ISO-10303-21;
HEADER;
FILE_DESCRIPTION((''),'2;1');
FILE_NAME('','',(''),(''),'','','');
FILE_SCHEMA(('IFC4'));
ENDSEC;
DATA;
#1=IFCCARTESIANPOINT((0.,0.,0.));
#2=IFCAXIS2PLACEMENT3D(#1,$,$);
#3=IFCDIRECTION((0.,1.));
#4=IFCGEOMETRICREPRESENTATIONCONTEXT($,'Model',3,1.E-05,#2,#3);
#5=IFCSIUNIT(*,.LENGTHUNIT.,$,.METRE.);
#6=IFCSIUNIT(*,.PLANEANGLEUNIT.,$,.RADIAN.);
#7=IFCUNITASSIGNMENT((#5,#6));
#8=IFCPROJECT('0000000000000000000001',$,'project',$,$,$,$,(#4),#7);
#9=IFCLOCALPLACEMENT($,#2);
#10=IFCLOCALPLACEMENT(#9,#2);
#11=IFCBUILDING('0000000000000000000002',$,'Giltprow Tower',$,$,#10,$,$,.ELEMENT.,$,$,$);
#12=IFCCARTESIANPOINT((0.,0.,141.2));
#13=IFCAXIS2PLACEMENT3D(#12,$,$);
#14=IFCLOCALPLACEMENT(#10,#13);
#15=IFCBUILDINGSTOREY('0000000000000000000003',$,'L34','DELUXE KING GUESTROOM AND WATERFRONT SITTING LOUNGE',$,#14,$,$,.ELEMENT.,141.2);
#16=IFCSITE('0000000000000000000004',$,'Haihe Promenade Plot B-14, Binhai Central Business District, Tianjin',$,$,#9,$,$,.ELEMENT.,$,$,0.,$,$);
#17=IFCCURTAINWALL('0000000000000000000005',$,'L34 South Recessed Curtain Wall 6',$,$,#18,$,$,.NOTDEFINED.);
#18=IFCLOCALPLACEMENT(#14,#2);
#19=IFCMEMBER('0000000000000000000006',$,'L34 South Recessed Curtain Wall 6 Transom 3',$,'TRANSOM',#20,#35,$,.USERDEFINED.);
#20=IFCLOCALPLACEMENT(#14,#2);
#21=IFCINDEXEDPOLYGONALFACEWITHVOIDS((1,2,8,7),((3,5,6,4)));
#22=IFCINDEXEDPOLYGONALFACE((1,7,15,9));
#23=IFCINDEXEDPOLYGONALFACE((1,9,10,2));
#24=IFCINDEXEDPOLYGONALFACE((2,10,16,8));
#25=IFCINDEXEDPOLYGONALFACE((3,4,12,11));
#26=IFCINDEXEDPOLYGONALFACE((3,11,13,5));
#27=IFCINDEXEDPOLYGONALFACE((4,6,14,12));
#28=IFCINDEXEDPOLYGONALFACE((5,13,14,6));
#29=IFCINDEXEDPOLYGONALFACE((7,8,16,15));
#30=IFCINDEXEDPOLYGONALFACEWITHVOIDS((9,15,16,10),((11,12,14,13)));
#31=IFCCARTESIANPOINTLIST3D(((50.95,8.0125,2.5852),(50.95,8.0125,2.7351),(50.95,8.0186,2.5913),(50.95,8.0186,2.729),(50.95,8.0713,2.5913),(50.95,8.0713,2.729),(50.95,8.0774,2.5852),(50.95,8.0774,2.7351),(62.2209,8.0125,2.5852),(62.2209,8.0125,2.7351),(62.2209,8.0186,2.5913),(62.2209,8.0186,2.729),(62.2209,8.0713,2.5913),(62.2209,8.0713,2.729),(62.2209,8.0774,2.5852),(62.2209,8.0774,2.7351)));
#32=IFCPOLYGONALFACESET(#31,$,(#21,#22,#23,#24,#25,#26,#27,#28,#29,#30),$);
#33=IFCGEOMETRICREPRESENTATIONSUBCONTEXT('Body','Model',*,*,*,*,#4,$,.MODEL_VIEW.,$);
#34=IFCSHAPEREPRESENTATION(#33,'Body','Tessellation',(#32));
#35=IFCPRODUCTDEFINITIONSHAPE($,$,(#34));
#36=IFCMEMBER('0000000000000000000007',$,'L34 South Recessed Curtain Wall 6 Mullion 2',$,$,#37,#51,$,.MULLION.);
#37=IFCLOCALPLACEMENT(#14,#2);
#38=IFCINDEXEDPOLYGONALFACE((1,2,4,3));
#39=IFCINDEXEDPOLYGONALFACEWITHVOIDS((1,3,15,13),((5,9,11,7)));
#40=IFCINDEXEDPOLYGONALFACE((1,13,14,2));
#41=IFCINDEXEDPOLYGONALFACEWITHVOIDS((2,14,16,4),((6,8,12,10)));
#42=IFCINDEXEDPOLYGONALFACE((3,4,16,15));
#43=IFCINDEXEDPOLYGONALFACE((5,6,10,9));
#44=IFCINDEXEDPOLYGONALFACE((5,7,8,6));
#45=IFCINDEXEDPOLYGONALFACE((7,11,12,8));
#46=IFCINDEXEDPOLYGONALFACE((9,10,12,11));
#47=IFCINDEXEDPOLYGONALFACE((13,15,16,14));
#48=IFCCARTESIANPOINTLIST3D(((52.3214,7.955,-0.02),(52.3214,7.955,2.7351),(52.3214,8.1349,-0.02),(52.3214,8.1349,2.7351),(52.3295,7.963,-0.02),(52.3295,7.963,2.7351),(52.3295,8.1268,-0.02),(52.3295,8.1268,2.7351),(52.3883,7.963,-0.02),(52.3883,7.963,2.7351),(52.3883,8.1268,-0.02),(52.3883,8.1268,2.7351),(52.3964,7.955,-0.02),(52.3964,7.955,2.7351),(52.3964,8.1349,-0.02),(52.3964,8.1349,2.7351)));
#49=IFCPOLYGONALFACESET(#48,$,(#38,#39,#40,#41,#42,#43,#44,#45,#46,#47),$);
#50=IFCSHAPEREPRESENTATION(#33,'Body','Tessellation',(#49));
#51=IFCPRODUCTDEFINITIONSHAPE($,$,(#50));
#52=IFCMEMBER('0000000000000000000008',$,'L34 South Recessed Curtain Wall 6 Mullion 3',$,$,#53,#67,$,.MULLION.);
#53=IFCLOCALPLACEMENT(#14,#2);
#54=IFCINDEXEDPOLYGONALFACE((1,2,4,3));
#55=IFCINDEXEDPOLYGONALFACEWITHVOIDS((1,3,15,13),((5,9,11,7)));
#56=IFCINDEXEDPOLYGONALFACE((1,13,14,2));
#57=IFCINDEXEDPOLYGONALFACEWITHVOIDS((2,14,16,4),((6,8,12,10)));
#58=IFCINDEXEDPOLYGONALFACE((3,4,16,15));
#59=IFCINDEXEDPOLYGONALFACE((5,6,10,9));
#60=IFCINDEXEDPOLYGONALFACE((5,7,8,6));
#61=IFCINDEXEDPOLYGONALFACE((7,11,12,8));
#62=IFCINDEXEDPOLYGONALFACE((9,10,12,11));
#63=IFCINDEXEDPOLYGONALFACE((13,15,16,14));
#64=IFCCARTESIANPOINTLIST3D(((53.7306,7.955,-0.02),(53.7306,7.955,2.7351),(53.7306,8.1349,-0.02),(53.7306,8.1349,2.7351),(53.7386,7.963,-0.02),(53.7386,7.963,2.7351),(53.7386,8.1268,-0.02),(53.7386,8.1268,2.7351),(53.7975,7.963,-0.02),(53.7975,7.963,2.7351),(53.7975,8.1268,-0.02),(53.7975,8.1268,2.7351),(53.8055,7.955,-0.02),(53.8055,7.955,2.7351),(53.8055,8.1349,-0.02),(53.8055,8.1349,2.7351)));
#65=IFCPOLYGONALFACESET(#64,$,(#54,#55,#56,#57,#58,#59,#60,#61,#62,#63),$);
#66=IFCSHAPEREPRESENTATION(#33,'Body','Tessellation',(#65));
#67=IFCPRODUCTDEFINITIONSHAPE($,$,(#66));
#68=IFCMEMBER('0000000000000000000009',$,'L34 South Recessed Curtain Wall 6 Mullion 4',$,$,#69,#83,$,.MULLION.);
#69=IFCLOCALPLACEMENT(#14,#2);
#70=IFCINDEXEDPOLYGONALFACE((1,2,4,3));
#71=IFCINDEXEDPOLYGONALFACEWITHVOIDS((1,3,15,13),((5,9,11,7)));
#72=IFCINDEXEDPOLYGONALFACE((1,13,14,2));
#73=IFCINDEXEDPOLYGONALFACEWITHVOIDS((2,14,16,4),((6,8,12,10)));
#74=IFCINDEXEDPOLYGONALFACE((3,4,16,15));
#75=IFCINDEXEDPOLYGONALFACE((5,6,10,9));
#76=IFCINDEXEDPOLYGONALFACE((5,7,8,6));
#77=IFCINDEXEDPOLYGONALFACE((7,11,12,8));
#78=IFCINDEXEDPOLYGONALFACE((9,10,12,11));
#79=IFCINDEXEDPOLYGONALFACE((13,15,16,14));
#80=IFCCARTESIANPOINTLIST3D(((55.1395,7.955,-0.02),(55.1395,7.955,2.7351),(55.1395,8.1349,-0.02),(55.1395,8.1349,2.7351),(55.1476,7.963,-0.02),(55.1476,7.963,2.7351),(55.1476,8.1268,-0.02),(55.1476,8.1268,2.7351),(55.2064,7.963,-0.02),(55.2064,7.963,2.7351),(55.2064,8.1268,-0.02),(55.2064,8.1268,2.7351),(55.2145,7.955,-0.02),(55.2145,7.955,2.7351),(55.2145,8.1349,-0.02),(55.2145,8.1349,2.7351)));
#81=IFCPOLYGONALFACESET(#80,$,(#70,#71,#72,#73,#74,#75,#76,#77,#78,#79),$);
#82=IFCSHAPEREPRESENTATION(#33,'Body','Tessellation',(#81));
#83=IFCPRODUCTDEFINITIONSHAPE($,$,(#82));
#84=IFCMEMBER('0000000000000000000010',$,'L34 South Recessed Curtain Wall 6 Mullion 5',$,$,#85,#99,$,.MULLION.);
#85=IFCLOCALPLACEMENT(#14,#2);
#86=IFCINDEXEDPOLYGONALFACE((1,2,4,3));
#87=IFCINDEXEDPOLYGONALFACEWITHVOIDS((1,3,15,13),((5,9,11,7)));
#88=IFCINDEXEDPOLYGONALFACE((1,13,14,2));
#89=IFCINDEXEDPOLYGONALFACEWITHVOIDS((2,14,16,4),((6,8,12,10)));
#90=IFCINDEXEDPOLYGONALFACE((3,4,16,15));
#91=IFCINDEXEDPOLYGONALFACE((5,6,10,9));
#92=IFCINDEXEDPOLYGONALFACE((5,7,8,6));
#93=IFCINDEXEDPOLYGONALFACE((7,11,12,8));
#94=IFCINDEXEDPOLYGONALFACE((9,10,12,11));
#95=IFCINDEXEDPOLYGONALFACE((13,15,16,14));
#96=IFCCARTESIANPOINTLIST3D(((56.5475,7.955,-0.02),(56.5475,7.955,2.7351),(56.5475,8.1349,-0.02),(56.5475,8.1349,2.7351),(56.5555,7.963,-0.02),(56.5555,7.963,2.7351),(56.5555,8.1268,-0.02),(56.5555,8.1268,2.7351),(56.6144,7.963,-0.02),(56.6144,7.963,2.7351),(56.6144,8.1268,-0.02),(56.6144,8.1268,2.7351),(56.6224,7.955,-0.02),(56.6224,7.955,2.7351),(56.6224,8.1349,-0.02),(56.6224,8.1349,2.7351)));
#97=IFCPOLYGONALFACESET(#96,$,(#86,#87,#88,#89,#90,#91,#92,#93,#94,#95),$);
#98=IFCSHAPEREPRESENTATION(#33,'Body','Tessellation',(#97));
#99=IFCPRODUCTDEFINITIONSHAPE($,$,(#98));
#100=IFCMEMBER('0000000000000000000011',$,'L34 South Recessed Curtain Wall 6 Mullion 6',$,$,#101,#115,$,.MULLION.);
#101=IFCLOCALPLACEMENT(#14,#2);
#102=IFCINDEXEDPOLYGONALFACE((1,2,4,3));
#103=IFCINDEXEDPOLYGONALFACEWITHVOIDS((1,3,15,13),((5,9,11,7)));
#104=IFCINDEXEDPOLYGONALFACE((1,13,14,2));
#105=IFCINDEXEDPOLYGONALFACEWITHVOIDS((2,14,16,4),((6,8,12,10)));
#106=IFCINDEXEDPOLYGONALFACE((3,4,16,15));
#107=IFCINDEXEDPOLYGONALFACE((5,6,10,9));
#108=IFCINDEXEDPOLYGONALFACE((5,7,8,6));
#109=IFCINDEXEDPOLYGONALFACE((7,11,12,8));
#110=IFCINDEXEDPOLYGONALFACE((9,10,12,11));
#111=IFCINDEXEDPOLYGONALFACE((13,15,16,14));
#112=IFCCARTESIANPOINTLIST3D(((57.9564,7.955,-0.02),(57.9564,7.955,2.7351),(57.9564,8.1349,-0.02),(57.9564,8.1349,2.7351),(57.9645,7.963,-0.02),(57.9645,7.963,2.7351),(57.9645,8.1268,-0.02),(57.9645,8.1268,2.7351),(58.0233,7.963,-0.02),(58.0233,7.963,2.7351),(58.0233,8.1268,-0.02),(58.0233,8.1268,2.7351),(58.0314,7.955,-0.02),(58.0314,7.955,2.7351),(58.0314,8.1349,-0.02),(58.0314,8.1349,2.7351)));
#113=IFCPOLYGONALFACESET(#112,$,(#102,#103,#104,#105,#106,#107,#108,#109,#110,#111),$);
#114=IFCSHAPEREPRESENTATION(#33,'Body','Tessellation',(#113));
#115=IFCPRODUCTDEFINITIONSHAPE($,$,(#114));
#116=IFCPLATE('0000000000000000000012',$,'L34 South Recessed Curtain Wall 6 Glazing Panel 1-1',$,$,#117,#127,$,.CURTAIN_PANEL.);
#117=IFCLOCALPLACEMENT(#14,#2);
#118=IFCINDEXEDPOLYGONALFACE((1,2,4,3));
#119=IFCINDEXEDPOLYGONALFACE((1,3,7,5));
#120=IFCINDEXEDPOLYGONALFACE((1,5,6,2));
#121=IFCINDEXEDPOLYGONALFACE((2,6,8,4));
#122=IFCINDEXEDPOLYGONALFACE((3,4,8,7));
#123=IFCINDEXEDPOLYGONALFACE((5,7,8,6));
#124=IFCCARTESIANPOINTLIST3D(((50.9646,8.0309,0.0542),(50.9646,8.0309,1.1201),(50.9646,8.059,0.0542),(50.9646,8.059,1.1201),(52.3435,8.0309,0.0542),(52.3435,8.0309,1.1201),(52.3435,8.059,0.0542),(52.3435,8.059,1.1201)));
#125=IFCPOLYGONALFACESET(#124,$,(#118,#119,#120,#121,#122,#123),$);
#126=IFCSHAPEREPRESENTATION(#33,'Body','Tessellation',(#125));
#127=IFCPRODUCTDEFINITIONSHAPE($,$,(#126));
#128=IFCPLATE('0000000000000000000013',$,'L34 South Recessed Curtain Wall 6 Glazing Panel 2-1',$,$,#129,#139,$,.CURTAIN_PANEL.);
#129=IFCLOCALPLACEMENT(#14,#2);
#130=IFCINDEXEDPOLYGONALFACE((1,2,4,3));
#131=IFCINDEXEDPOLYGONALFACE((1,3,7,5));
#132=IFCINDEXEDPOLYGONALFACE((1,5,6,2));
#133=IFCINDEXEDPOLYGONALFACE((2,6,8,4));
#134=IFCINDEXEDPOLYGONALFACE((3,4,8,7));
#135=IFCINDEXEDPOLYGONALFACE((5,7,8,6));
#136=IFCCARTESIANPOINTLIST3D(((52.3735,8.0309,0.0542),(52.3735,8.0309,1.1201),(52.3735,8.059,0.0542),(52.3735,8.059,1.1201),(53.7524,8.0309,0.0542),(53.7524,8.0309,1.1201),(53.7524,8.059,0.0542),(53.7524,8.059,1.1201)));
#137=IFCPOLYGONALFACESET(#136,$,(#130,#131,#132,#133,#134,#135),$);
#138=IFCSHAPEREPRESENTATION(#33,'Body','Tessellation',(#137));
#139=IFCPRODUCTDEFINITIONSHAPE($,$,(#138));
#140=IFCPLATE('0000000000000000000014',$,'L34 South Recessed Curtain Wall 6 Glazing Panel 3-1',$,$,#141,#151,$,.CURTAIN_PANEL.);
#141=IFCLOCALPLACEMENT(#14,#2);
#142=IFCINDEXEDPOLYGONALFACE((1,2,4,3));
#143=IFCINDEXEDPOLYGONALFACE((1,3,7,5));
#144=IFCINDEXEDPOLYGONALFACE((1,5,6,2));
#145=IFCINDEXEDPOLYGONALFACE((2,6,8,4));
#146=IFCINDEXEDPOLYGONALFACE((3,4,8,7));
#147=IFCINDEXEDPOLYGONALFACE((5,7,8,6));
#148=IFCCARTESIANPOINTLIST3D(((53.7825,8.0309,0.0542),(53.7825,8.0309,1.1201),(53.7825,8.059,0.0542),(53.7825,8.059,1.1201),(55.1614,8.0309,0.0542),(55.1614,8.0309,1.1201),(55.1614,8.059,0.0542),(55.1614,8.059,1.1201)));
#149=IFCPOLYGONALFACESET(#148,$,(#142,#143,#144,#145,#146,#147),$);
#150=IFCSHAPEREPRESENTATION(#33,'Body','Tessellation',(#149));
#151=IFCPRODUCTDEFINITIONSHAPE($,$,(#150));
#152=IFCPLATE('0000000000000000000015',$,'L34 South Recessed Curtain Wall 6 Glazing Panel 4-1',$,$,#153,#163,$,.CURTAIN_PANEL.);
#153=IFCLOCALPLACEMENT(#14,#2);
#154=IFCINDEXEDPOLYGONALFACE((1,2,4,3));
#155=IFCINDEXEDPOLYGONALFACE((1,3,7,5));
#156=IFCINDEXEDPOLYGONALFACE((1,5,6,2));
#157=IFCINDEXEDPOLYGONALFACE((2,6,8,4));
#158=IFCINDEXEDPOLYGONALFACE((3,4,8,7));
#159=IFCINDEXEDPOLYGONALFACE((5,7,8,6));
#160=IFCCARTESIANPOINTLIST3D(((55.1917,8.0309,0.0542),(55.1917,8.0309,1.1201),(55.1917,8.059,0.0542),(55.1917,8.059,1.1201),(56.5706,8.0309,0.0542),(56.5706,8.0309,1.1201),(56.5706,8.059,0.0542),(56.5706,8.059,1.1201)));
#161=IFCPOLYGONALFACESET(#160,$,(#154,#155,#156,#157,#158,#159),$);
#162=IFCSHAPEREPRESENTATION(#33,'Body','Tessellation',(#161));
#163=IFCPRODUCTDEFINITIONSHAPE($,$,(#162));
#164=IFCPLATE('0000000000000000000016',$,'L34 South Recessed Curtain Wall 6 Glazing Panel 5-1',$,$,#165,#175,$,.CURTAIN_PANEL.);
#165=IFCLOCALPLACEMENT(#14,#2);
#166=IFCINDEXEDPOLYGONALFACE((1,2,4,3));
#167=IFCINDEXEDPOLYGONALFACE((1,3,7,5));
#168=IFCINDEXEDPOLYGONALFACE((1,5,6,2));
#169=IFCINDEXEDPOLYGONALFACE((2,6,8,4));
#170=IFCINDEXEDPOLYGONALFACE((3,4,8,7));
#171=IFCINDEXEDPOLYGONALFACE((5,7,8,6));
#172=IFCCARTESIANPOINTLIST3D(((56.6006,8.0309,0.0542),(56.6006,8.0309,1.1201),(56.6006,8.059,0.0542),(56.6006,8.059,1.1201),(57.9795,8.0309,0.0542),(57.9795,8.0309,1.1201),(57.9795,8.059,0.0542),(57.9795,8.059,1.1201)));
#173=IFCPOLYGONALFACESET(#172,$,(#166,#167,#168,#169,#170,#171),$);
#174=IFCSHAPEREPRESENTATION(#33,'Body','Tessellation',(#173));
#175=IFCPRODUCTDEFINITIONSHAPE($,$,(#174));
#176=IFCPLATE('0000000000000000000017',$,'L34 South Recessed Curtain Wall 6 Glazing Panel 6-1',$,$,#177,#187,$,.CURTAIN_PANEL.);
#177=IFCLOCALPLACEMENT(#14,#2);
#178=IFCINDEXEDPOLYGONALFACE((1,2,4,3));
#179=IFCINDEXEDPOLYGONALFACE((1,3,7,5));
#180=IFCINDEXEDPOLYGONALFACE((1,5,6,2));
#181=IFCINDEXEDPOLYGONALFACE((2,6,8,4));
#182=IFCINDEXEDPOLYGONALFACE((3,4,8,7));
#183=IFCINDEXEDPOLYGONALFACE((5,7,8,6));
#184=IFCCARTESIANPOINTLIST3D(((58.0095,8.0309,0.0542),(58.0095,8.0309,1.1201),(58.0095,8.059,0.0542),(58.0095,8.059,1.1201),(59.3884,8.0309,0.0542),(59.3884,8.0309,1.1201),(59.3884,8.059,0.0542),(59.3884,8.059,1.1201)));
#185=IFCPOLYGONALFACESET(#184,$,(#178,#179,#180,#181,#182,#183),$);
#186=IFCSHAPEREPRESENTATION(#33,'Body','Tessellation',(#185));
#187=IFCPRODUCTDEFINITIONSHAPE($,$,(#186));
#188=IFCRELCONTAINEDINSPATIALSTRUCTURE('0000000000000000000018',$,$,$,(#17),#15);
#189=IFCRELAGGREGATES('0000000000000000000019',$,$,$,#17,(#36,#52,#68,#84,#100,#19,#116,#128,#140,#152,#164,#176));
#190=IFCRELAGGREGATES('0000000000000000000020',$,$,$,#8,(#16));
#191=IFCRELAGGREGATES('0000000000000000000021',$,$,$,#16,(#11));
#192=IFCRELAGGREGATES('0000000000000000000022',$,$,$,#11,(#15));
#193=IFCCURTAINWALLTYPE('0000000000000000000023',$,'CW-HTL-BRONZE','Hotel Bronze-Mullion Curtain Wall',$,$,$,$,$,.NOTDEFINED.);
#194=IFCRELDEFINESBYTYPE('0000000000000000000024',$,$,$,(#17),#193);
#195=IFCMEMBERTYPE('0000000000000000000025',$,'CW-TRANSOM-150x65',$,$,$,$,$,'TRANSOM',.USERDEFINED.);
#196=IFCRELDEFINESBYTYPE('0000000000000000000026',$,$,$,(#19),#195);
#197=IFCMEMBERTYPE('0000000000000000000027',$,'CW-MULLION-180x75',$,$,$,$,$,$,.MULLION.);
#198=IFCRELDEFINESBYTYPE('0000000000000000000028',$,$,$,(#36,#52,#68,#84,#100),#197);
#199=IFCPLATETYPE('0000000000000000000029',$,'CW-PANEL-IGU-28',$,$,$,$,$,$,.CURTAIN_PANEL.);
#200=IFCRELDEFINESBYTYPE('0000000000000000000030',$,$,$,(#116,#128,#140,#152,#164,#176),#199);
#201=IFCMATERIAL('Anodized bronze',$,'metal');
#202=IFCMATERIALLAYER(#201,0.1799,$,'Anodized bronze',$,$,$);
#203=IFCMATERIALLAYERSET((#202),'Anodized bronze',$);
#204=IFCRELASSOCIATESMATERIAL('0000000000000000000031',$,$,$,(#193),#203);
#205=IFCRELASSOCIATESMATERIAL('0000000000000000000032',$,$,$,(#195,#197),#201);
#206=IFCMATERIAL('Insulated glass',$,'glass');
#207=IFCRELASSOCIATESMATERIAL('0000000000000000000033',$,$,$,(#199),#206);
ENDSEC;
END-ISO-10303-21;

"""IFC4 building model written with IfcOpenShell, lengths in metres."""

from ifc_helpers import new_model, si_unit, direction, frame, origin, origin_2d, place, context, subcontext, project, spatial, rectangle, hollow_rectangle, extrude, source, transform, mapped, material, layer, layer_set, material_profile, profile_set, type_object, element, aggregate, save


model = new_model("IFC4")

# Units and contexts
model_context = context("Model", 3, precision=1e-05, world=origin(), true_north=direction((0.0, 1.0)))
body_context = subcontext(model_context, "Body", "Model", "MODEL_VIEW")
ifc_project = project(units=[si_unit("LENGTHUNIT", "METRE"), si_unit("PLANEANGLEUNIT", "RADIAN")], contexts=[model_context])

# Site, building, storey
site_placement = place(None, origin())
site = spatial("IfcSite", under=ifc_project, at=site_placement, Name="Haihe Promenade Plot B-14, Binhai Central Business District, Tianjin", CompositionType="ELEMENT", RefElevation=0.0)
building_placement = place(site_placement, origin())
building = spatial("IfcBuilding", under=site, at=building_placement, Name="Giltprow Tower", CompositionType="ELEMENT")
storey_placement = place(building_placement, frame((0.0, 0.0, 141.2)))
storey = spatial("IfcBuildingStorey", under=building, at=storey_placement, Name="L34", Description="DELUXE KING GUESTROOM AND WATERFRONT SITTING LOUNGE", CompositionType="ELEMENT", Elevation=141.2)

# Curtain wall, members, plates
ifc_material_1 = material(Name="Anodized bronze", Category="metal")
ifc_layer = layer(ifc_material_1, 0.1799, Name="Anodized bronze")
ifc_layer_set = layer_set([ifc_layer], Name="Anodized bronze")
curtain_wall_type = type_object("IfcCurtainWallType", Name="CW-HTL-BRONZE", Description="Hotel Bronze-Mullion Curtain Wall", PredefinedType="NOTDEFINED", material=ifc_layer_set)
curtain_wall_placement = place(storey_placement, origin())
curtain_wall = element("IfcCurtainWall", 1, at=curtain_wall_placement, inside=storey, type_object=curtain_wall_type, Name="L34 South Recessed Curtain Wall 6", PredefinedType="NOTDEFINED")
ifc_material_profile_1 = material_profile(ifc_material_1, hollow_rectangle(XDim=0.0649, YDim=0.1499, WallThickness=0.0061, at=origin_2d()), Name="RHS 150x65x6")
ifc_profile_set_1 = profile_set([ifc_material_profile_1], Name="Anodized bronze")
member_type_1 = type_object("IfcMemberType", Name="CW-TRANSOM-150x65", ElementType="TRANSOM", PredefinedType="USERDEFINED", material=ifc_profile_set_1)
shared_shape_1 = source(origin(), body_context, "Body", "SweptSolid", [
    extrude(hollow_rectangle(XDim=0.0649, YDim=0.1499, WallThickness=0.0061, at=origin_2d()), origin(), (0.0, 0.0, 1.0), 11.271),
])
member_1_placement = place(storey_placement, frame((50.95, 8.0449, 2.6602), z_axis=(1.0, 0.0, 0.0), x_axis=(0.0, 1.0, 0.0)))
member_1 = element("IfcMember", 2, at=member_1_placement, type_object=member_type_1, Name="L34 South Recessed Curtain Wall 6 Transom 3", ObjectType="TRANSOM", PredefinedType="USERDEFINED", context=body_context, shape_type="MappedRepresentation", body=[
    mapped(shared_shape_1, transform((0.0, 0.0, 0.0), x_axis=(1.0, 0.0, 0.0), y_axis=(0.0, 1.0, 0.0), z_axis=(0.0, 0.0, 1.0), scale=1.0)),
])
ifc_material_profile_2 = material_profile(ifc_material_1, hollow_rectangle(XDim=0.075, YDim=0.1799, WallThickness=0.0081, at=origin_2d()), Name="RHS 180x75x8")
ifc_profile_set_2 = profile_set([ifc_material_profile_2], Name="Anodized bronze")
member_type_2 = type_object("IfcMemberType", Name="CW-MULLION-180x75", PredefinedType="MULLION", material=ifc_profile_set_2)
shared_shape_2 = source(origin(), body_context, "Body", "SweptSolid", [
    extrude(hollow_rectangle(XDim=0.075, YDim=0.1799, WallThickness=0.0081, at=origin_2d()), origin(), (0.0, 0.0, 1.0), 2.7551),
])
member_2_placement = place(storey_placement, frame((52.3589, 8.0449, -0.02), z_axis=(0.0, 0.0, 1.0), x_axis=(1.0, 0.0, 0.0)))
member_2 = element("IfcMember", 3, at=member_2_placement, type_object=member_type_2, Name="L34 South Recessed Curtain Wall 6 Mullion 2", PredefinedType="MULLION", context=body_context, shape_type="MappedRepresentation", body=[
    mapped(shared_shape_2, transform((0.0, 0.0, 0.0), x_axis=(1.0, 0.0, 0.0), y_axis=(0.0, 1.0, 0.0), z_axis=(0.0, 0.0, 1.0), scale=1.0)),
])
member_3_placement = place(storey_placement, frame((53.7681, 8.0449, -0.02), z_axis=(0.0, 0.0, 1.0), x_axis=(1.0, 0.0, 0.0)))
member_3 = element("IfcMember", 4, at=member_3_placement, type_object=member_type_2, Name="L34 South Recessed Curtain Wall 6 Mullion 3", PredefinedType="MULLION", context=body_context, shape_type="MappedRepresentation", body=[
    mapped(shared_shape_2, transform((0.0, 0.0, 0.0), x_axis=(1.0, 0.0, 0.0), y_axis=(0.0, 1.0, 0.0), z_axis=(0.0, 0.0, 1.0), scale=1.0)),
])
member_4_placement = place(storey_placement, frame((55.177, 8.0449, -0.02), z_axis=(0.0, 0.0, 1.0), x_axis=(1.0, 0.0, 0.0)))
member_4 = element("IfcMember", 5, at=member_4_placement, type_object=member_type_2, Name="L34 South Recessed Curtain Wall 6 Mullion 4", PredefinedType="MULLION", context=body_context, shape_type="MappedRepresentation", body=[
    mapped(shared_shape_2, transform((0.0, 0.0, 0.0), x_axis=(1.0, 0.0, 0.0), y_axis=(0.0, 1.0, 0.0), z_axis=(0.0, 0.0, 1.0), scale=1.0)),
])
member_5_placement = place(storey_placement, frame((56.585, 8.0449, -0.02), z_axis=(0.0, 0.0, 1.0), x_axis=(1.0, 0.0, 0.0)))
member_5 = element("IfcMember", 6, at=member_5_placement, type_object=member_type_2, Name="L34 South Recessed Curtain Wall 6 Mullion 5", PredefinedType="MULLION", context=body_context, shape_type="MappedRepresentation", body=[
    mapped(shared_shape_2, transform((0.0, 0.0, 0.0), x_axis=(1.0, 0.0, 0.0), y_axis=(0.0, 1.0, 0.0), z_axis=(0.0, 0.0, 1.0), scale=1.0)),
])
member_6_placement = place(storey_placement, frame((57.9939, 8.0449, -0.02), z_axis=(0.0, 0.0, 1.0), x_axis=(1.0, 0.0, 0.0)))
member_6 = element("IfcMember", 7, at=member_6_placement, type_object=member_type_2, Name="L34 South Recessed Curtain Wall 6 Mullion 6", PredefinedType="MULLION", context=body_context, shape_type="MappedRepresentation", body=[
    mapped(shared_shape_2, transform((0.0, 0.0, 0.0), x_axis=(1.0, 0.0, 0.0), y_axis=(0.0, 1.0, 0.0), z_axis=(0.0, 0.0, 1.0), scale=1.0)),
])
ifc_material_2 = material(Name="Insulated glass", Category="glass")
plate_type = type_object("IfcPlateType", Name="CW-PANEL-IGU-28", PredefinedType="CURTAIN_PANEL", material=ifc_material_2)
shared_shape_3 = source(origin(), body_context, "Body", "SweptSolid", [
    extrude(rectangle(XDim=1.3789, YDim=0.0281, at=origin_2d()), origin(), (0.0, 0.0, 1.0), 1.0659),
])
plate_1_placement = place(storey_placement, frame((51.6541, 8.0449, 0.0542), z_axis=(0.0, 0.0, 1.0), x_axis=(1.0, 0.0, 0.0)))
plate_1 = element("IfcPlate", 8, at=plate_1_placement, type_object=plate_type, Name="L34 South Recessed Curtain Wall 6 Glazing Panel 1-1", PredefinedType="CURTAIN_PANEL", context=body_context, shape_type="MappedRepresentation", body=[
    mapped(shared_shape_3, transform((0.0, 0.0, 0.0), x_axis=(1.0, 0.0, 0.0), y_axis=(0.0, 1.0, 0.0), z_axis=(0.0, 0.0, 1.0), scale=1.0)),
])
plate_2_placement = place(storey_placement, frame((53.063, 8.0449, 0.0542), z_axis=(0.0, 0.0, 1.0), x_axis=(1.0, 0.0, 0.0)))
plate_2 = element("IfcPlate", 9, at=plate_2_placement, type_object=plate_type, Name="L34 South Recessed Curtain Wall 6 Glazing Panel 2-1", PredefinedType="CURTAIN_PANEL", context=body_context, shape_type="MappedRepresentation", body=[
    mapped(shared_shape_3, transform((0.0, 0.0, 0.0), x_axis=(1.0, 0.0, 0.0), y_axis=(0.0, 1.0, 0.0), z_axis=(0.0, 0.0, 1.0), scale=1.0)),
])
plate_3_placement = place(storey_placement, frame((54.4719, 8.0449, 0.0542), z_axis=(0.0, 0.0, 1.0), x_axis=(1.0, 0.0, 0.0)))
plate_3 = element("IfcPlate", 10, at=plate_3_placement, type_object=plate_type, Name="L34 South Recessed Curtain Wall 6 Glazing Panel 3-1", PredefinedType="CURTAIN_PANEL", context=body_context, shape_type="MappedRepresentation", body=[
    mapped(shared_shape_3, transform((0.0, 0.0, 0.0), x_axis=(1.0, 0.0, 0.0), y_axis=(0.0, 1.0, 0.0), z_axis=(0.0, 0.0, 1.0), scale=1.0)),
])
plate_4_placement = place(storey_placement, frame((55.8811, 8.0449, 0.0542), z_axis=(0.0, 0.0, 1.0), x_axis=(1.0, 0.0, 0.0)))
plate_4 = element("IfcPlate", 11, at=plate_4_placement, type_object=plate_type, Name="L34 South Recessed Curtain Wall 6 Glazing Panel 4-1", PredefinedType="CURTAIN_PANEL", context=body_context, shape_type="MappedRepresentation", body=[
    mapped(shared_shape_3, transform((0.0, 0.0, 0.0), x_axis=(1.0, 0.0, 0.0), y_axis=(0.0, 1.0, 0.0), z_axis=(0.0, 0.0, 1.0), scale=1.0)),
])
plate_5_placement = place(storey_placement, frame((57.29, 8.0449, 0.0542), z_axis=(0.0, 0.0, 1.0), x_axis=(1.0, 0.0, 0.0)))
plate_5 = element("IfcPlate", 12, at=plate_5_placement, type_object=plate_type, Name="L34 South Recessed Curtain Wall 6 Glazing Panel 5-1", PredefinedType="CURTAIN_PANEL", context=body_context, shape_type="MappedRepresentation", body=[
    mapped(shared_shape_3, transform((0.0, 0.0, 0.0), x_axis=(1.0, 0.0, 0.0), y_axis=(0.0, 1.0, 0.0), z_axis=(0.0, 0.0, 1.0), scale=1.0)),
])
plate_6_placement = place(storey_placement, frame((58.699, 8.0449, 0.0542), z_axis=(0.0, 0.0, 1.0), x_axis=(1.0, 0.0, 0.0)))
plate_6 = element("IfcPlate", 13, at=plate_6_placement, type_object=plate_type, Name="L34 South Recessed Curtain Wall 6 Glazing Panel 6-1", PredefinedType="CURTAIN_PANEL", context=body_context, shape_type="MappedRepresentation", body=[
    mapped(shared_shape_3, transform((0.0, 0.0, 0.0), x_axis=(1.0, 0.0, 0.0), y_axis=(0.0, 1.0, 0.0), z_axis=(0.0, 0.0, 1.0), scale=1.0)),
])
aggregate(curtain_wall, [member_2, member_3, member_4, member_5, member_6, member_1, plate_1, plate_2, plate_3, plate_4, plate_5, plate_6])

save(model, "model.ifc")
